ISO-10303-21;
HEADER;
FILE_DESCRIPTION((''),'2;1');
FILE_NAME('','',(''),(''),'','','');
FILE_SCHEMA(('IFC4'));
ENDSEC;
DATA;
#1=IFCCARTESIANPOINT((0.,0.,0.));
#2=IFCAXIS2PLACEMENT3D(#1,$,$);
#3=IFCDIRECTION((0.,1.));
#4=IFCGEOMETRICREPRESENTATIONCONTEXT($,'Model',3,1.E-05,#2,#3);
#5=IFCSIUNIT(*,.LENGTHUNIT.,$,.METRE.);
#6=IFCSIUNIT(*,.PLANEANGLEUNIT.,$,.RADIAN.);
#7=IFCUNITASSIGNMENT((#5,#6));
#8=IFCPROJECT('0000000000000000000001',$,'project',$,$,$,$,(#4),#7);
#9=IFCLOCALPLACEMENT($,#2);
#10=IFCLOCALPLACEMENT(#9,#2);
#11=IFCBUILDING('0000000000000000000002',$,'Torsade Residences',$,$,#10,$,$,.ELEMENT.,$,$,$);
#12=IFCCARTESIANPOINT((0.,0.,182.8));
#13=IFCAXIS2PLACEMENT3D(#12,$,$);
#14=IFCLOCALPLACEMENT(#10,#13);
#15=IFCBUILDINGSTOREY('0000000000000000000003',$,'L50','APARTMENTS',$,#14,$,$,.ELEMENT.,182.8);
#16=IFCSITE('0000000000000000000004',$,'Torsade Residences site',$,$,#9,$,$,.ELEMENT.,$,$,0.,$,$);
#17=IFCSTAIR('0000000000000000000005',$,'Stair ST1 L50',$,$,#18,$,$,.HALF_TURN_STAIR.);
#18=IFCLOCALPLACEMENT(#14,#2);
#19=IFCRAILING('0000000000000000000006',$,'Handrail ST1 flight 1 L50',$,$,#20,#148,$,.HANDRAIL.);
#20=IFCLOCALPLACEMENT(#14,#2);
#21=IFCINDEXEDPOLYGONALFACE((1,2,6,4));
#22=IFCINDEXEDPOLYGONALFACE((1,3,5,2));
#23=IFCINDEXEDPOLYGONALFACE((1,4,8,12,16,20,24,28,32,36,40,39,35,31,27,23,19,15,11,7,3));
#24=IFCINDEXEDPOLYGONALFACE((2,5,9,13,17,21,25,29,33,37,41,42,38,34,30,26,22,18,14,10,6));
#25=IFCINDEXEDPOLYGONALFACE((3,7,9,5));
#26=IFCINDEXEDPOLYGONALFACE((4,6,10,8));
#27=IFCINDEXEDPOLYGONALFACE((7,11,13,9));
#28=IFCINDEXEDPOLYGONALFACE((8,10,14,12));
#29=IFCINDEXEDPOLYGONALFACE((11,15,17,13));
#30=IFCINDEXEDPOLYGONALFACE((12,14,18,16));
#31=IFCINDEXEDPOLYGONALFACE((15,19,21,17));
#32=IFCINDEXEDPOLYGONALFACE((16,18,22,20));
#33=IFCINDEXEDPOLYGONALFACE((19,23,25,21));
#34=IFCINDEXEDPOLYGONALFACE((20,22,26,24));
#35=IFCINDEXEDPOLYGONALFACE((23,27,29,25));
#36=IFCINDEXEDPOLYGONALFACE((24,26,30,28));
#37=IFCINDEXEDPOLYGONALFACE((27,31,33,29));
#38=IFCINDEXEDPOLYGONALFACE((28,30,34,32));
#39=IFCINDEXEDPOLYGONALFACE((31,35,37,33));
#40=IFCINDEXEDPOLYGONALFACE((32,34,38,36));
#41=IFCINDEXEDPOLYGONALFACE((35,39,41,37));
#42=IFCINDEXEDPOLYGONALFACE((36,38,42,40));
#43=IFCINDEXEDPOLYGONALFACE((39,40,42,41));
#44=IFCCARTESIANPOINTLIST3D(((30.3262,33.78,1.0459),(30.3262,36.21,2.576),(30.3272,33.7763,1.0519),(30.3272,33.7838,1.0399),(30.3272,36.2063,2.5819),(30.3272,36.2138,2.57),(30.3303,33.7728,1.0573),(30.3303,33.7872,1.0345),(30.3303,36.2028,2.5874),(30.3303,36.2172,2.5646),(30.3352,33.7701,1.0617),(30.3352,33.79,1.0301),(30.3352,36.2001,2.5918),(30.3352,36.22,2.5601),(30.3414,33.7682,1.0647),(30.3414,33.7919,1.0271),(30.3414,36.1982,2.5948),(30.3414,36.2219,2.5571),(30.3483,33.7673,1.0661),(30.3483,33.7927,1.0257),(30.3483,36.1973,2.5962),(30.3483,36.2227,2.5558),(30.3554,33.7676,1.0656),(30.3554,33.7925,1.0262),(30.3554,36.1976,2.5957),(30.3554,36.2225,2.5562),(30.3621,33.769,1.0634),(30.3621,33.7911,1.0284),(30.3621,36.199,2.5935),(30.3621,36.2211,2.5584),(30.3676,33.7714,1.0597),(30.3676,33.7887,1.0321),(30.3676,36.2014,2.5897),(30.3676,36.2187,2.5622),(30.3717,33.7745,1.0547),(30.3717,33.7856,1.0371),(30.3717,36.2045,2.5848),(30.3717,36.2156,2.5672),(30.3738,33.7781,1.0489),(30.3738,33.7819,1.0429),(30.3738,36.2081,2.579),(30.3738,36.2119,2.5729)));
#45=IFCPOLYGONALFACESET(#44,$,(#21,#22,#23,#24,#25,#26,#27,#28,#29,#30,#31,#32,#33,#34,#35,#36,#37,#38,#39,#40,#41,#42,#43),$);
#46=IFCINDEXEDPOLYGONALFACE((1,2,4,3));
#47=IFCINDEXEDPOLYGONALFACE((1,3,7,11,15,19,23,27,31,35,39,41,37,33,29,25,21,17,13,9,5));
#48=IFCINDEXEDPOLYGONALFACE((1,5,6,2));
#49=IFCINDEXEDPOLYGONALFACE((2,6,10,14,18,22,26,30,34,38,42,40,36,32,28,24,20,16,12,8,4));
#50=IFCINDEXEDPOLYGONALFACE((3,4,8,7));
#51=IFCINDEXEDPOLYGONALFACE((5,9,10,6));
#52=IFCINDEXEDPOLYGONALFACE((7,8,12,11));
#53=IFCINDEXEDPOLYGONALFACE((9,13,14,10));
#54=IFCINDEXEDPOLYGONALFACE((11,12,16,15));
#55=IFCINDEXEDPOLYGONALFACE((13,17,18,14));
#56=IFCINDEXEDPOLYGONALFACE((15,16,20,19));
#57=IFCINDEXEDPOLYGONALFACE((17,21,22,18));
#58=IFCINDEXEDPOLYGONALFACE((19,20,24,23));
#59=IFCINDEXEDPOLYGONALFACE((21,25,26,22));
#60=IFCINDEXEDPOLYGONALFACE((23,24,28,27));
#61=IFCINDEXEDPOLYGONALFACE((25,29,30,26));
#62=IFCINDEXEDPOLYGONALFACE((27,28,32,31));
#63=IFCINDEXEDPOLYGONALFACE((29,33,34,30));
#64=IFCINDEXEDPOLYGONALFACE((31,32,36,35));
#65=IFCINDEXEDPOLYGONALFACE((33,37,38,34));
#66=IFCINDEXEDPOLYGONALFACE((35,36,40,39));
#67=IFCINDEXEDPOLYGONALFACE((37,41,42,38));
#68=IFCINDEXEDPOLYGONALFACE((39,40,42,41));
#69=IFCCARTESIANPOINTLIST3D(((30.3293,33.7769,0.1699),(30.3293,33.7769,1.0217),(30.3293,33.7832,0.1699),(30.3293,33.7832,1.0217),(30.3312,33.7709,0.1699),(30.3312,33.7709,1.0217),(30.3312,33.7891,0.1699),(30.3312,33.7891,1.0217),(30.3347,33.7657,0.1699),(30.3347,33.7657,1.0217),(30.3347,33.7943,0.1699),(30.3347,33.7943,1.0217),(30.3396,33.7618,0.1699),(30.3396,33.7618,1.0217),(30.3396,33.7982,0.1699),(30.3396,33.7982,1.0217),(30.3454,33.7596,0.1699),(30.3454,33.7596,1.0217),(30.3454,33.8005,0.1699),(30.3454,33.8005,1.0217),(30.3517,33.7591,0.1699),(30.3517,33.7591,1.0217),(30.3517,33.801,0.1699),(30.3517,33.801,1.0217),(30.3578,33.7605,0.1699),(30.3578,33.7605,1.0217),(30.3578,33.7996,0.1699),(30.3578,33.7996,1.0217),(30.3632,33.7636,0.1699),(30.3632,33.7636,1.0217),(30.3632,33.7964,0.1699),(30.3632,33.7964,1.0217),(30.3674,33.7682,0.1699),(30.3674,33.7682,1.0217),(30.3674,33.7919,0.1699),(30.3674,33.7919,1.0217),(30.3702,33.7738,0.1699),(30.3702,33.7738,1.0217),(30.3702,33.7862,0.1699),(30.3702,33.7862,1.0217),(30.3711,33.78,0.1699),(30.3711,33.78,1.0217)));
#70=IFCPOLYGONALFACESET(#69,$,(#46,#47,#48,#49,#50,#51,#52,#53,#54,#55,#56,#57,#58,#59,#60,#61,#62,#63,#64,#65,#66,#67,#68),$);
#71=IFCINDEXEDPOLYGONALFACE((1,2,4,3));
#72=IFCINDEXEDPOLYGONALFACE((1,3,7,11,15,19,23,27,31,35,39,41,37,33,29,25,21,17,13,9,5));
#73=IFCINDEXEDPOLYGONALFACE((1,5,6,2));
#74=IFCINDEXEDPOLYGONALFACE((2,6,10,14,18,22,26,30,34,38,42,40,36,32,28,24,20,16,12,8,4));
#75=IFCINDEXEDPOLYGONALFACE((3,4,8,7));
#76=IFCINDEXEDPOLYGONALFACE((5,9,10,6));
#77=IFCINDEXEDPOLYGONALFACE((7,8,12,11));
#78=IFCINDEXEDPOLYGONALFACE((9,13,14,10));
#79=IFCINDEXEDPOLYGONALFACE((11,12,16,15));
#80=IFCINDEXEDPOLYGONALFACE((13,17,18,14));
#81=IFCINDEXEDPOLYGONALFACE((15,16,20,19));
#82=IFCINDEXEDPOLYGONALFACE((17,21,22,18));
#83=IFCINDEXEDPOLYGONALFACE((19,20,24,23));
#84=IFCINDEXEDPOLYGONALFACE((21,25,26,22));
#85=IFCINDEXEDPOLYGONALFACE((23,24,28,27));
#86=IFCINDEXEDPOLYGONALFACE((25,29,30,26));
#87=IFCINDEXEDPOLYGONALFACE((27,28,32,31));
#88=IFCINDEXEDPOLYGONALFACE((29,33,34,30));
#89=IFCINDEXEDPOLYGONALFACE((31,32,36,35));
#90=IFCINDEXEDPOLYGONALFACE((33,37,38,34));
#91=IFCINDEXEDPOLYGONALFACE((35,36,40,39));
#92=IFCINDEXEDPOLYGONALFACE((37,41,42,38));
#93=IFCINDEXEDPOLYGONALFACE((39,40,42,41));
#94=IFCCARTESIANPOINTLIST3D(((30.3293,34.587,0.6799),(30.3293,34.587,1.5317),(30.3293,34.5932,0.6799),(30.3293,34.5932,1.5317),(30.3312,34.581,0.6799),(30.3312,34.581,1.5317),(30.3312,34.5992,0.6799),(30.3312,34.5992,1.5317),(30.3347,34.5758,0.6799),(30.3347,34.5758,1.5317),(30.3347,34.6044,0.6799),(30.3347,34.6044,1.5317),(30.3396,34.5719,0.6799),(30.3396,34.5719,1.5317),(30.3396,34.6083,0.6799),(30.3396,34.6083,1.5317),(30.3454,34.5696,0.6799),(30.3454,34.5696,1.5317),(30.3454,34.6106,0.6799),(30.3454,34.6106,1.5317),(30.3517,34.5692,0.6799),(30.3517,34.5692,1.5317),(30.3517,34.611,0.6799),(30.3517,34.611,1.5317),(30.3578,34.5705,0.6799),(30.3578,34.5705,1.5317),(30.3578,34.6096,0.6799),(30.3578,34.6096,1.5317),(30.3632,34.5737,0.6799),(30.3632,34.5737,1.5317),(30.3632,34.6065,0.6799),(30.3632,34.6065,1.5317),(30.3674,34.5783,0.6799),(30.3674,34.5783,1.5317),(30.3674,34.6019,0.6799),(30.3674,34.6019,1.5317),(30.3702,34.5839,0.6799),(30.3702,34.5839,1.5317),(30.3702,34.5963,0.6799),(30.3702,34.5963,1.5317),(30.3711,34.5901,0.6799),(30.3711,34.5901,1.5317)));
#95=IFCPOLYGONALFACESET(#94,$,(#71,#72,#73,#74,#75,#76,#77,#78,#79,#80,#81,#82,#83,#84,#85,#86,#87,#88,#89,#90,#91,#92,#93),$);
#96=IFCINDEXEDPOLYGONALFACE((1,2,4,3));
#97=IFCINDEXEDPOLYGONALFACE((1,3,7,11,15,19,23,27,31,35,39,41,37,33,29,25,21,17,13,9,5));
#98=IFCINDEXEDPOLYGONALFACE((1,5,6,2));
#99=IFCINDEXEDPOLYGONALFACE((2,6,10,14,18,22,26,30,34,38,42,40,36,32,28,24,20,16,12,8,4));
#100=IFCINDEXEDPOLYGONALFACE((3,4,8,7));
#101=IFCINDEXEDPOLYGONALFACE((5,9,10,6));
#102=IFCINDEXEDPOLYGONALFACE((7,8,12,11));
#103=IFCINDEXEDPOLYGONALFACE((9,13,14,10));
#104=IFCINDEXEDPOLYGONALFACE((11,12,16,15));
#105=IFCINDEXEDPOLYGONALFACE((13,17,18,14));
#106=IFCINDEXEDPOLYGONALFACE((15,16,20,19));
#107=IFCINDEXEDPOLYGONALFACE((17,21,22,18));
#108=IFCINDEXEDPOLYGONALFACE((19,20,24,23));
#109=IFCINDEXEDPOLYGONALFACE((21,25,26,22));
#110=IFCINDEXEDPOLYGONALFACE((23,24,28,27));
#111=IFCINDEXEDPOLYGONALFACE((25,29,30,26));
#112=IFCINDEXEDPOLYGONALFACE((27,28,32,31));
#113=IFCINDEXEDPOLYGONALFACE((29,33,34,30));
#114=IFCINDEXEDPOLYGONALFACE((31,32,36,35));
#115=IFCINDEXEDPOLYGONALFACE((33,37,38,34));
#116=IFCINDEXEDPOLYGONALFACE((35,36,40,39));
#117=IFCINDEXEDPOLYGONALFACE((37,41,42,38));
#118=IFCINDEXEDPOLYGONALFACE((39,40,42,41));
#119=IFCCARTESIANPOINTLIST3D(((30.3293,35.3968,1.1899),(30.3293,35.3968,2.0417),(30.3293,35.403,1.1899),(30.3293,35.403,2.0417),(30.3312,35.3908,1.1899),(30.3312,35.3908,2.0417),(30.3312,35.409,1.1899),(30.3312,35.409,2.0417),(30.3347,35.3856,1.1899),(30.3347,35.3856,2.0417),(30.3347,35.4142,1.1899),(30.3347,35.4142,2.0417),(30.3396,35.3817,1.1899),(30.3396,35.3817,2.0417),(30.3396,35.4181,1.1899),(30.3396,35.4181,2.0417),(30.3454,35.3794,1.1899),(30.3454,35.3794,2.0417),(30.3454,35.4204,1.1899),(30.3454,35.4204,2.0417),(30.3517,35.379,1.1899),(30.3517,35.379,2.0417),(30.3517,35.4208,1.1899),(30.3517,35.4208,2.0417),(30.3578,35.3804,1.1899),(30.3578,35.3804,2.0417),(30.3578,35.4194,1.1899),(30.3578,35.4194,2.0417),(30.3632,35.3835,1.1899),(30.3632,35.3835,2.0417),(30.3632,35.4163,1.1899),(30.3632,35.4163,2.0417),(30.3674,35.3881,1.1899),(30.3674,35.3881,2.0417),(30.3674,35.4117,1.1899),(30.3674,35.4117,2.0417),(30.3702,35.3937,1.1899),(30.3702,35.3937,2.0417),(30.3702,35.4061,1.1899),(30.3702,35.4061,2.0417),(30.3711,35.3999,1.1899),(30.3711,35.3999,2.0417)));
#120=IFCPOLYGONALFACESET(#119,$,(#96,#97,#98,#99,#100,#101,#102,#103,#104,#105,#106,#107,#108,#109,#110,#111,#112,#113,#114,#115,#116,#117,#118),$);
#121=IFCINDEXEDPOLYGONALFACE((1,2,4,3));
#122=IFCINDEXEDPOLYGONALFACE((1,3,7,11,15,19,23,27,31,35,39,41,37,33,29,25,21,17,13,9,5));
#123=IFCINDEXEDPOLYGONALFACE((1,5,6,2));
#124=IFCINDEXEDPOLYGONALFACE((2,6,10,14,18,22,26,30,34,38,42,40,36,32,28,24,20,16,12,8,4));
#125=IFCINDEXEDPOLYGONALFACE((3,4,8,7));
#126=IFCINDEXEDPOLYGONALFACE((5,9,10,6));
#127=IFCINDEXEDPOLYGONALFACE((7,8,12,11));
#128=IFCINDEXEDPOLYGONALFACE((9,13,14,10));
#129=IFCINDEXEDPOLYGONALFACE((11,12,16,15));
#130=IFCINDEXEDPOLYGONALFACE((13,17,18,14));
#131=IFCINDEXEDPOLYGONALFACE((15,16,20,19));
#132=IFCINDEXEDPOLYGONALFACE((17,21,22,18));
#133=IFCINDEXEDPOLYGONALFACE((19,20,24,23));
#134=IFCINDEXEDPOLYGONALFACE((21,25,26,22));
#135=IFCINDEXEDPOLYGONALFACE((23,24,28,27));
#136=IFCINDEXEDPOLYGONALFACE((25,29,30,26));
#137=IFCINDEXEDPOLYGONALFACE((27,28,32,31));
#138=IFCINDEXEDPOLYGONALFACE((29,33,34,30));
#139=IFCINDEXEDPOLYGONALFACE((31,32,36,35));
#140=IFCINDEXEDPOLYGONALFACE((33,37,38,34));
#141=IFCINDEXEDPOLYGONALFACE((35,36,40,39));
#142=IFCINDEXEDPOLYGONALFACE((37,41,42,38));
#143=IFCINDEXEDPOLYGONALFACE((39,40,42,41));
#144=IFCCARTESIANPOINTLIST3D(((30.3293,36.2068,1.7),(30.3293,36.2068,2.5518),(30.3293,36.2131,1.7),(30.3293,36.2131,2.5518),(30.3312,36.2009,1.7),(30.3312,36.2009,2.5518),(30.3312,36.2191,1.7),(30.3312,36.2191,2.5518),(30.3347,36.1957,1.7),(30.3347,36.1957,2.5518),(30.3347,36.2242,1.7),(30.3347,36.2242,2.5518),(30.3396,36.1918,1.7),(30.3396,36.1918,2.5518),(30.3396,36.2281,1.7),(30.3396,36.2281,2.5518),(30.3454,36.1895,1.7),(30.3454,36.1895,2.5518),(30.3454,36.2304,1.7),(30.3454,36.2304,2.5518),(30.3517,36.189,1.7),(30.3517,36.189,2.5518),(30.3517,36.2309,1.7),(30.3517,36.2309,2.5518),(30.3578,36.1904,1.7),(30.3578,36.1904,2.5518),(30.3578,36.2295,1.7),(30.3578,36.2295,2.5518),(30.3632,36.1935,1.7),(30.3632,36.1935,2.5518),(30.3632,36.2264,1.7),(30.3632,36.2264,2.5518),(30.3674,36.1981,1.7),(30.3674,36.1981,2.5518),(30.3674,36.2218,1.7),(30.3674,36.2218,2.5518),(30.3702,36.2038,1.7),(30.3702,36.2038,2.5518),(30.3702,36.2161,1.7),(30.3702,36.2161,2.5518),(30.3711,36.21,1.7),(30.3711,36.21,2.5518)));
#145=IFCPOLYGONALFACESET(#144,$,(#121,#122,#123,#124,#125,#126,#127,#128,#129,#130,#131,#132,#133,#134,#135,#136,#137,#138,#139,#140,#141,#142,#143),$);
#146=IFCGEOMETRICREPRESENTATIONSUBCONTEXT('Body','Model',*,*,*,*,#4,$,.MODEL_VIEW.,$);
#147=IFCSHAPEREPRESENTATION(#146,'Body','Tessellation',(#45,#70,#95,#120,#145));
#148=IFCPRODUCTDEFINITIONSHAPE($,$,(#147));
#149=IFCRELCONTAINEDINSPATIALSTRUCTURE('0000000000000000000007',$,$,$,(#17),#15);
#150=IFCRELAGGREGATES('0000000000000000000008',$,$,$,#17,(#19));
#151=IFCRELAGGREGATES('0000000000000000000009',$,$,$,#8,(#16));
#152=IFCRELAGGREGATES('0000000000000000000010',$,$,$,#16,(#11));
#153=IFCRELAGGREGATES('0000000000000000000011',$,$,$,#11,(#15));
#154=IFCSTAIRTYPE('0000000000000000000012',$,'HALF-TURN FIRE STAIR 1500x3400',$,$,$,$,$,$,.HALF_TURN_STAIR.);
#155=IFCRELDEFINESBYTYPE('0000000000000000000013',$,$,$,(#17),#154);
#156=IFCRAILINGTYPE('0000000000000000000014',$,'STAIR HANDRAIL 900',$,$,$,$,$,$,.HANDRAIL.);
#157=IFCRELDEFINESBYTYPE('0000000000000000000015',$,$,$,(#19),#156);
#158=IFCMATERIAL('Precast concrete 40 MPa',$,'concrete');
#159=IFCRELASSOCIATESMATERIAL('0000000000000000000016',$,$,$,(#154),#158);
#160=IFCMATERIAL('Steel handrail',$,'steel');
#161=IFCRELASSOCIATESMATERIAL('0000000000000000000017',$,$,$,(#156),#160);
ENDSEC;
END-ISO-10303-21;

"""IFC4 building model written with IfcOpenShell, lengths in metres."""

from ifc_helpers import new_model, si_unit, direction, frame, origin, origin_2d, place, context, subcontext, project, spatial, circle, extrude, material, type_object, element, aggregate, save


model = new_model("IFC4")

# Units and contexts
model_context = context("Model", 3, precision=1e-05, world=origin(), true_north=direction((0.0, 1.0)))
body_context = subcontext(model_context, "Body", "Model", "MODEL_VIEW")
ifc_project = project(units=[si_unit("LENGTHUNIT", "METRE"), si_unit("PLANEANGLEUNIT", "RADIAN")], contexts=[model_context])

# Site, building, storey
site_placement = place(None, origin())
site = spatial("IfcSite", under=ifc_project, at=site_placement, Name="Torsade Residences site", CompositionType="ELEMENT", RefElevation=0.0)
building_placement = place(site_placement, origin())
building = spatial("IfcBuilding", under=site, at=building_placement, Name="Torsade Residences", CompositionType="ELEMENT")
storey_placement = place(building_placement, frame((0.0, 0.0, 182.8)))
storey = spatial("IfcBuildingStorey", under=building, at=storey_placement, Name="L50", Description="APARTMENTS", CompositionType="ELEMENT", Elevation=182.8)

# Stair, railing
ifc_material_1 = material(Name="Precast concrete 40 MPa", Category="concrete")
stair_type = type_object("IfcStairType", Name="HALF-TURN FIRE STAIR 1500x3400", PredefinedType="HALF_TURN_STAIR", material=ifc_material_1)
stair_placement = place(storey_placement, origin())
stair = element("IfcStair", 1, at=stair_placement, inside=storey, type_object=stair_type, Name="Stair ST1 L50", PredefinedType="HALF_TURN_STAIR")
ifc_material_2 = material(Name="Steel handrail", Category="steel")
railing_type = type_object("IfcRailingType", Name="STAIR HANDRAIL 900", PredefinedType="HANDRAIL", material=ifc_material_2)
railing_placement = place(storey_placement, frame((30.3501, 33.78, 0.1699)))
railing = element("IfcRailing", 2, at=railing_placement, type_object=railing_type, Name="Handrail ST1 flight 1 L50", PredefinedType="HANDRAIL", context=body_context, shape_type="SweptSolid", body=[
    extrude(circle(Radius=0.0239, at=origin_2d()), frame((0.0, 0.0, 0.876), z_axis=(0.0, 0.846221, 0.532831), x_axis=(-1.0, 0.0, 0.0)), (0.0, 0.0, 1.0), 2.8716),
    extrude(circle(Radius=0.021, at=origin_2d()), origin(), (0.0, 0.0, 1.0), 0.8518),
    extrude(circle(Radius=0.021, at=origin_2d()), frame((0.0, 0.8101, 0.51)), (0.0, 0.0, 1.0), 0.8518),
    extrude(circle(Radius=0.021, at=origin_2d()), frame((0.0, 1.6199, 1.02)), (0.0, 0.0, 1.0), 0.8518),
    extrude(circle(Radius=0.021, at=origin_2d()), frame((0.0, 2.4299, 1.53)), (0.0, 0.0, 1.0), 0.8518),
])
aggregate(stair, [railing])

save(model, "model.ifc")
